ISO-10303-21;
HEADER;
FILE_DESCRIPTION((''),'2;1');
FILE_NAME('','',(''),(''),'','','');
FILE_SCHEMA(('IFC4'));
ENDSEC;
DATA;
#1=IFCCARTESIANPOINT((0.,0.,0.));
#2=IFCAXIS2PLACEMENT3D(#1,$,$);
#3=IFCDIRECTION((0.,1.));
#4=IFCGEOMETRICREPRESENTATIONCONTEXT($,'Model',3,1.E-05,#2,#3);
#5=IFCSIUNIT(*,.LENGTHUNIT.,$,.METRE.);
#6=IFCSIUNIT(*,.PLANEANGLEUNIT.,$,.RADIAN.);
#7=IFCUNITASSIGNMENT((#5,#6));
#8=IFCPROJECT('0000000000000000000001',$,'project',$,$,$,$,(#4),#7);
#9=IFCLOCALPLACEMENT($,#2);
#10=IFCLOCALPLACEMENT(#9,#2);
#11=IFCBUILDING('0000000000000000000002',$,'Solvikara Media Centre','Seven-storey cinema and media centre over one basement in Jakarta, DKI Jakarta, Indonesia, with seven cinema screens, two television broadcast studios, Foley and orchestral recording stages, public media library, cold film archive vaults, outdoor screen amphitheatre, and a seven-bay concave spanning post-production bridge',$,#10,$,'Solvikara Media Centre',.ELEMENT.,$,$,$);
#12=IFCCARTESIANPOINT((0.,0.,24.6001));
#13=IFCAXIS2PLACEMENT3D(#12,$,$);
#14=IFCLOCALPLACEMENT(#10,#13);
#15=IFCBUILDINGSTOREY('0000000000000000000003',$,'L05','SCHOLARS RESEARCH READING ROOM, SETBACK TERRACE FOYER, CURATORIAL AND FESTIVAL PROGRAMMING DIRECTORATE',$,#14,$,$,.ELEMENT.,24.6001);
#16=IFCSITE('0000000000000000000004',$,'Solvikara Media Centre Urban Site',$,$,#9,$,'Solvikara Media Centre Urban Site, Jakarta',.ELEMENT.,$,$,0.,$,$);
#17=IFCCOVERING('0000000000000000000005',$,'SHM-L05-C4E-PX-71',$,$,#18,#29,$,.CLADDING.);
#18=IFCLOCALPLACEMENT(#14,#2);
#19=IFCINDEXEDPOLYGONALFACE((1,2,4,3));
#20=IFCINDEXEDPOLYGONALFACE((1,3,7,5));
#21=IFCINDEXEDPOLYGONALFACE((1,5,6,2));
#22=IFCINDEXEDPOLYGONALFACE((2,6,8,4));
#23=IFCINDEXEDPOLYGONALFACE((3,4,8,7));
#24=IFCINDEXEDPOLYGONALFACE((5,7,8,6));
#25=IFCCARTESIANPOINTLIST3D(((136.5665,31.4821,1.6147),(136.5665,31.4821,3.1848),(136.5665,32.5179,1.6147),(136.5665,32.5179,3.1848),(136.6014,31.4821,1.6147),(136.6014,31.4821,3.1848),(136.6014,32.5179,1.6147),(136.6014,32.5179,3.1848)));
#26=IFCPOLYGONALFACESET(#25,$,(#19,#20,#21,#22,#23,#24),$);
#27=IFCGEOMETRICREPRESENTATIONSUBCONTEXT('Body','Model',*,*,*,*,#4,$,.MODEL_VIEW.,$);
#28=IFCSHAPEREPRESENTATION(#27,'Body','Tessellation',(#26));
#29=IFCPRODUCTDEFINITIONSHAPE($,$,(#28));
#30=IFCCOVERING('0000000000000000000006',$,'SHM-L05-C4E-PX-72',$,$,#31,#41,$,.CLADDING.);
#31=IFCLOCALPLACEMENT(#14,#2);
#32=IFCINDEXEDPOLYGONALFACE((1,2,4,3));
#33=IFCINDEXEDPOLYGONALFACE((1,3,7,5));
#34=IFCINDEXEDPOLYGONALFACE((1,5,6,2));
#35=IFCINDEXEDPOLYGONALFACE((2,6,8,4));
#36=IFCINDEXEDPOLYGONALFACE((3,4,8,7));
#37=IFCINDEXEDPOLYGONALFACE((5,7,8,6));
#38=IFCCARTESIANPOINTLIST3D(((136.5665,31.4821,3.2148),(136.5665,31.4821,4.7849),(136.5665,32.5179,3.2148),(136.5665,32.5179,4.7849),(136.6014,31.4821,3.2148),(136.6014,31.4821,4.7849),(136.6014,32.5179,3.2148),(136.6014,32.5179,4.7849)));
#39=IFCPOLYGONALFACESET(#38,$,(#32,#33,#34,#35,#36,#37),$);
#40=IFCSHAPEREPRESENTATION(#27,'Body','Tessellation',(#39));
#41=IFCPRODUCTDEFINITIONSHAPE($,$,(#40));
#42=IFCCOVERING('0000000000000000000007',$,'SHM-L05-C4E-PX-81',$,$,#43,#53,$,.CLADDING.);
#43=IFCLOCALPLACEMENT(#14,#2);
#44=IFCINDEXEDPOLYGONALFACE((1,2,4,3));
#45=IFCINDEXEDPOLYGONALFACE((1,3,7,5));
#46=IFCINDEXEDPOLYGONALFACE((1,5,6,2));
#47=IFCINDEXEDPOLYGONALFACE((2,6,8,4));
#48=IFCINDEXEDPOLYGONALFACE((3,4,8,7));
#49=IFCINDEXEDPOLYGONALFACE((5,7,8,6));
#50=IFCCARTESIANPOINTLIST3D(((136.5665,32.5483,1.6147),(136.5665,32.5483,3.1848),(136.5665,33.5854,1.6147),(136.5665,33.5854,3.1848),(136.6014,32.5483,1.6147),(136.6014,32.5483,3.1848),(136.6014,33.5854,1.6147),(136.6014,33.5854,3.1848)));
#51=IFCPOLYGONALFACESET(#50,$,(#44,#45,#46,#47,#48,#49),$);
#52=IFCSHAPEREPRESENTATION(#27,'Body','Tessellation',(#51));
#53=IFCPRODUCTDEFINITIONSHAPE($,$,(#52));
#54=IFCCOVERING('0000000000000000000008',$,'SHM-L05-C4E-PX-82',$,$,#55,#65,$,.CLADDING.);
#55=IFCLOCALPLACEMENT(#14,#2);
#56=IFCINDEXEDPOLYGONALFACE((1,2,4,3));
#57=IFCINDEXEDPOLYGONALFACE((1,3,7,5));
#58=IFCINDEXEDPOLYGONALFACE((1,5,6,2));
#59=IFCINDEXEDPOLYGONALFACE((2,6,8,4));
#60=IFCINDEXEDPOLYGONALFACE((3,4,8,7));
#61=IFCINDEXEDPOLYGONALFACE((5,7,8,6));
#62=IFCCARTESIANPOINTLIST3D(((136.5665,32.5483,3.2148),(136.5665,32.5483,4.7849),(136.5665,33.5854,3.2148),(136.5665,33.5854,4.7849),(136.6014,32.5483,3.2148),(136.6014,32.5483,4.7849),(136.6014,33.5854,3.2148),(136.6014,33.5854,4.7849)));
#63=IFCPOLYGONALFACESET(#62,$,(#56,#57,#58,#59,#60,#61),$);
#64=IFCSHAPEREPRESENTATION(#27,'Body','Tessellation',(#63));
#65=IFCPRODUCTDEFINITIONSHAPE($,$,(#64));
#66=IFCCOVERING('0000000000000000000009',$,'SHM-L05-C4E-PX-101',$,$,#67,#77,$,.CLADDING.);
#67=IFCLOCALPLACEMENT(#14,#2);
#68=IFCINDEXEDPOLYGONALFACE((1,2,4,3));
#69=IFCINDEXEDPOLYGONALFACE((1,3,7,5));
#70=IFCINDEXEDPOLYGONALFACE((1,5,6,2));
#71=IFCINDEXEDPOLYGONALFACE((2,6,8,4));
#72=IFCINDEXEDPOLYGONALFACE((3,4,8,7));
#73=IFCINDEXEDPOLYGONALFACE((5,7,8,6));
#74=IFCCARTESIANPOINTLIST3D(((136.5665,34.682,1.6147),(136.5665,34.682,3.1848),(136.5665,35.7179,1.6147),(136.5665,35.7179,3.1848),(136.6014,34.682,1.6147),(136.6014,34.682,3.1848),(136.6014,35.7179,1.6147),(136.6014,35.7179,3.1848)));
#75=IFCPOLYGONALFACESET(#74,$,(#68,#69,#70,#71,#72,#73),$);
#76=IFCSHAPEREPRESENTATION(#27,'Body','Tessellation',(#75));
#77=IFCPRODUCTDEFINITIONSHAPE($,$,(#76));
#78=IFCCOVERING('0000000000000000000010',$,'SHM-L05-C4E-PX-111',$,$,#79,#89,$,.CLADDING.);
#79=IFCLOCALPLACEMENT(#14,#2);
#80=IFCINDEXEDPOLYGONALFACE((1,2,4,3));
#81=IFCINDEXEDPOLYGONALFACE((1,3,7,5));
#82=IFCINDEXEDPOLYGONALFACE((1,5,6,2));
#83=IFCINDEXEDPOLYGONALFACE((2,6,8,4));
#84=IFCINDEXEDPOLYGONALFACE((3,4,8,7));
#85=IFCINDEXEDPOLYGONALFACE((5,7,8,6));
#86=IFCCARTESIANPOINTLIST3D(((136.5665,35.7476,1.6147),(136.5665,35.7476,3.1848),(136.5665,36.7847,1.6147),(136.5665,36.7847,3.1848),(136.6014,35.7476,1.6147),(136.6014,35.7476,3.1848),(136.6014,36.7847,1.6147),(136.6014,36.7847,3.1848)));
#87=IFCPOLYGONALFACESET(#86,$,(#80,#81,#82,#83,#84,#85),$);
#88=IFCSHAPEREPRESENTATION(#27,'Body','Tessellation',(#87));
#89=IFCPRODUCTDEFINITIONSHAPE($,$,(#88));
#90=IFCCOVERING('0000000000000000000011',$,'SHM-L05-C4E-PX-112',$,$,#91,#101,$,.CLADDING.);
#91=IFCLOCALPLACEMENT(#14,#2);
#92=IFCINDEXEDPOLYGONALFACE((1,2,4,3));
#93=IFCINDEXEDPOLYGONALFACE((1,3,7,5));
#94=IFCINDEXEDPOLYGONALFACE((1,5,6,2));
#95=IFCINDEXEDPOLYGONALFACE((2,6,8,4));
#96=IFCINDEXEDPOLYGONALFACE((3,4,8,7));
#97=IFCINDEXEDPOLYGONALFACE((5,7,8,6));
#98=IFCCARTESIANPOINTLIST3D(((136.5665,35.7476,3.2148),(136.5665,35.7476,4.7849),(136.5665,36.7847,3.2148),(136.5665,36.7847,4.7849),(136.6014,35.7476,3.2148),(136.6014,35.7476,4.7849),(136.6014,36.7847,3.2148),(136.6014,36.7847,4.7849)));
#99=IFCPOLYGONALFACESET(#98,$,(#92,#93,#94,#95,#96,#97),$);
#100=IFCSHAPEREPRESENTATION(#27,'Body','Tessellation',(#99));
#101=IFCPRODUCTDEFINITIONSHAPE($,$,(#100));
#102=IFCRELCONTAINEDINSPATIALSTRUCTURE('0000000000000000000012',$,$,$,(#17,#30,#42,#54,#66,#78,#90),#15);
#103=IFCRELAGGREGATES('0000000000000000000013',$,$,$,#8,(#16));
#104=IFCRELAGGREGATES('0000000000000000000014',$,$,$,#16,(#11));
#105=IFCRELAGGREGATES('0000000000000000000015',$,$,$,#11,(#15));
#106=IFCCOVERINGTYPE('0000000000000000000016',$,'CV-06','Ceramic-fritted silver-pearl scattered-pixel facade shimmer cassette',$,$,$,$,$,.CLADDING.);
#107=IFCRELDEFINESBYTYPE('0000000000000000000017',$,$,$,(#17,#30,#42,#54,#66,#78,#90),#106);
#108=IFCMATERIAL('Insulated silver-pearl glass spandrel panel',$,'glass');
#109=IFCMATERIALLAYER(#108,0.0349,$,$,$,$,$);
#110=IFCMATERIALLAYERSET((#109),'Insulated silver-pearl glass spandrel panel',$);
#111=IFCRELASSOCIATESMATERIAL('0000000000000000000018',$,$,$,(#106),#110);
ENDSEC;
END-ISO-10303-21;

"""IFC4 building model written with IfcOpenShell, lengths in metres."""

from ifc_helpers import new_model, si_unit, direction, frame, origin, origin_2d, place, context, subcontext, project, spatial, rectangle, extrude, material, layer, layer_set, type_object, element, save


model = new_model("IFC4")

# Units and contexts
model_context = context("Model", 3, precision=1e-05, world=origin(), true_north=direction((0.0, 1.0)))
body_context = subcontext(model_context, "Body", "Model", "MODEL_VIEW")
ifc_project = project(units=[si_unit("LENGTHUNIT", "METRE"), si_unit("PLANEANGLEUNIT", "RADIAN")], contexts=[model_context])

# Site, building, storey
site_placement = place(None, origin())
site = spatial("IfcSite", under=ifc_project, at=site_placement, Name="Solvikara Media Centre Urban Site", LongName="Solvikara Media Centre Urban Site, Jakarta", CompositionType="ELEMENT", RefElevation=0.0)
building_placement = place(site_placement, origin())
building = spatial("IfcBuilding", under=site, at=building_placement, Name="Solvikara Media Centre", Description="Seven-storey cinema and media centre over one basement in Jakarta, DKI Jakarta, Indonesia, with seven cinema screens, two television broadcast studios, Foley and orchestral recording stages, public media library, cold film archive vaults, outdoor screen amphitheatre, and a seven-bay concave spanning post-production bridge", LongName="Solvikara Media Centre", CompositionType="ELEMENT")
storey_placement = place(building_placement, frame((0.0, 0.0, 24.6001)))
storey = spatial("IfcBuildingStorey", under=building, at=storey_placement, Name="L05", Description="SCHOLARS RESEARCH READING ROOM, SETBACK TERRACE FOYER, CURATORIAL AND FESTIVAL PROGRAMMING DIRECTORATE", CompositionType="ELEMENT", Elevation=24.6001)

# Coverings
ifc_material_1 = material(Name="Insulated silver-pearl glass spandrel panel", Category="glass")
ifc_layer_1 = layer(ifc_material_1, 0.0349)
ifc_layer_set_1 = layer_set([ifc_layer_1], Name="Insulated silver-pearl glass spandrel panel")
covering_type_1 = type_object("IfcCoveringType", Name="CV-06", Description="Ceramic-fritted silver-pearl scattered-pixel facade shimmer cassette", PredefinedType="CLADDING", material=ifc_layer_set_1)
for number, where, z_axis, x_axis, name in (
    (1, (136.584, 32.0, 1.6147), (0.0, 0.0, 1.0), (0.0, 1.0, 0.0), "SHM-L05-C4E-PX-71"),
    (2, (136.584, 32.0, 3.2148), (0.0, 0.0, 1.0), (0.0, 1.0, 0.0), "SHM-L05-C4E-PX-72"),
):
    element("IfcCovering", number, at=place(storey_placement, frame(where, z_axis=z_axis, x_axis=x_axis)), inside=storey, type_object=covering_type_1, Name=name, PredefinedType="CLADDING", context=body_context, shape_type="SweptSolid", body=[
        extrude(rectangle(XDim=1.0359, YDim=0.0349, at=origin_2d()), origin(), (0.0, 0.0, 1.0), 1.5701),
    ])
for number, where, z_axis, x_axis, name in (
    (3, (136.584, 33.0669, 1.6147), (0.0, 0.0, 1.0), (0.0, 1.0, 0.0), "SHM-L05-C4E-PX-81"),
    (4, (136.584, 33.0669, 3.2148), (0.0, 0.0, 1.0), (0.0, 1.0, 0.0), "SHM-L05-C4E-PX-82"),
):
    element("IfcCovering", number, at=place(storey_placement, frame(where, z_axis=z_axis, x_axis=x_axis)), inside=storey, type_object=covering_type_1, Name=name, PredefinedType="CLADDING", context=body_context, shape_type="SweptSolid", body=[
        extrude(rectangle(XDim=1.0371, YDim=0.0349, at=origin_2d()), origin(), (0.0, 0.0, 1.0), 1.5701),
    ])
covering_1_placement = place(storey_placement, frame((136.584, 35.2, 1.6147), z_axis=(0.0, 0.0, 1.0), x_axis=(0.0, 1.0, 0.0)))
element("IfcCovering", 5, at=covering_1_placement, inside=storey, type_object=covering_type_1, Name="SHM-L05-C4E-PX-101", PredefinedType="CLADDING", context=body_context, shape_type="SweptSolid", body=[
    extrude(rectangle(XDim=1.0359, YDim=0.0349, at=origin_2d()), origin(), (0.0, 0.0, 1.0), 1.5701),
])
for number, where, z_axis, x_axis, name in (
    (6, (136.584, 36.2661, 1.6147), (0.0, 0.0, 1.0), (0.0, 1.0, 0.0), "SHM-L05-C4E-PX-111"),
    (7, (136.584, 36.2661, 3.2148), (0.0, 0.0, 1.0), (0.0, 1.0, 0.0), "SHM-L05-C4E-PX-112"),
):
    element("IfcCovering", number, at=place(storey_placement, frame(where, z_axis=z_axis, x_axis=x_axis)), inside=storey, type_object=covering_type_1, Name=name, PredefinedType="CLADDING", context=body_context, shape_type="SweptSolid", body=[
        extrude(rectangle(XDim=1.0371, YDim=0.0349, at=origin_2d()), origin(), (0.0, 0.0, 1.0), 1.5701),
    ])

save(model, "model.ifc")
